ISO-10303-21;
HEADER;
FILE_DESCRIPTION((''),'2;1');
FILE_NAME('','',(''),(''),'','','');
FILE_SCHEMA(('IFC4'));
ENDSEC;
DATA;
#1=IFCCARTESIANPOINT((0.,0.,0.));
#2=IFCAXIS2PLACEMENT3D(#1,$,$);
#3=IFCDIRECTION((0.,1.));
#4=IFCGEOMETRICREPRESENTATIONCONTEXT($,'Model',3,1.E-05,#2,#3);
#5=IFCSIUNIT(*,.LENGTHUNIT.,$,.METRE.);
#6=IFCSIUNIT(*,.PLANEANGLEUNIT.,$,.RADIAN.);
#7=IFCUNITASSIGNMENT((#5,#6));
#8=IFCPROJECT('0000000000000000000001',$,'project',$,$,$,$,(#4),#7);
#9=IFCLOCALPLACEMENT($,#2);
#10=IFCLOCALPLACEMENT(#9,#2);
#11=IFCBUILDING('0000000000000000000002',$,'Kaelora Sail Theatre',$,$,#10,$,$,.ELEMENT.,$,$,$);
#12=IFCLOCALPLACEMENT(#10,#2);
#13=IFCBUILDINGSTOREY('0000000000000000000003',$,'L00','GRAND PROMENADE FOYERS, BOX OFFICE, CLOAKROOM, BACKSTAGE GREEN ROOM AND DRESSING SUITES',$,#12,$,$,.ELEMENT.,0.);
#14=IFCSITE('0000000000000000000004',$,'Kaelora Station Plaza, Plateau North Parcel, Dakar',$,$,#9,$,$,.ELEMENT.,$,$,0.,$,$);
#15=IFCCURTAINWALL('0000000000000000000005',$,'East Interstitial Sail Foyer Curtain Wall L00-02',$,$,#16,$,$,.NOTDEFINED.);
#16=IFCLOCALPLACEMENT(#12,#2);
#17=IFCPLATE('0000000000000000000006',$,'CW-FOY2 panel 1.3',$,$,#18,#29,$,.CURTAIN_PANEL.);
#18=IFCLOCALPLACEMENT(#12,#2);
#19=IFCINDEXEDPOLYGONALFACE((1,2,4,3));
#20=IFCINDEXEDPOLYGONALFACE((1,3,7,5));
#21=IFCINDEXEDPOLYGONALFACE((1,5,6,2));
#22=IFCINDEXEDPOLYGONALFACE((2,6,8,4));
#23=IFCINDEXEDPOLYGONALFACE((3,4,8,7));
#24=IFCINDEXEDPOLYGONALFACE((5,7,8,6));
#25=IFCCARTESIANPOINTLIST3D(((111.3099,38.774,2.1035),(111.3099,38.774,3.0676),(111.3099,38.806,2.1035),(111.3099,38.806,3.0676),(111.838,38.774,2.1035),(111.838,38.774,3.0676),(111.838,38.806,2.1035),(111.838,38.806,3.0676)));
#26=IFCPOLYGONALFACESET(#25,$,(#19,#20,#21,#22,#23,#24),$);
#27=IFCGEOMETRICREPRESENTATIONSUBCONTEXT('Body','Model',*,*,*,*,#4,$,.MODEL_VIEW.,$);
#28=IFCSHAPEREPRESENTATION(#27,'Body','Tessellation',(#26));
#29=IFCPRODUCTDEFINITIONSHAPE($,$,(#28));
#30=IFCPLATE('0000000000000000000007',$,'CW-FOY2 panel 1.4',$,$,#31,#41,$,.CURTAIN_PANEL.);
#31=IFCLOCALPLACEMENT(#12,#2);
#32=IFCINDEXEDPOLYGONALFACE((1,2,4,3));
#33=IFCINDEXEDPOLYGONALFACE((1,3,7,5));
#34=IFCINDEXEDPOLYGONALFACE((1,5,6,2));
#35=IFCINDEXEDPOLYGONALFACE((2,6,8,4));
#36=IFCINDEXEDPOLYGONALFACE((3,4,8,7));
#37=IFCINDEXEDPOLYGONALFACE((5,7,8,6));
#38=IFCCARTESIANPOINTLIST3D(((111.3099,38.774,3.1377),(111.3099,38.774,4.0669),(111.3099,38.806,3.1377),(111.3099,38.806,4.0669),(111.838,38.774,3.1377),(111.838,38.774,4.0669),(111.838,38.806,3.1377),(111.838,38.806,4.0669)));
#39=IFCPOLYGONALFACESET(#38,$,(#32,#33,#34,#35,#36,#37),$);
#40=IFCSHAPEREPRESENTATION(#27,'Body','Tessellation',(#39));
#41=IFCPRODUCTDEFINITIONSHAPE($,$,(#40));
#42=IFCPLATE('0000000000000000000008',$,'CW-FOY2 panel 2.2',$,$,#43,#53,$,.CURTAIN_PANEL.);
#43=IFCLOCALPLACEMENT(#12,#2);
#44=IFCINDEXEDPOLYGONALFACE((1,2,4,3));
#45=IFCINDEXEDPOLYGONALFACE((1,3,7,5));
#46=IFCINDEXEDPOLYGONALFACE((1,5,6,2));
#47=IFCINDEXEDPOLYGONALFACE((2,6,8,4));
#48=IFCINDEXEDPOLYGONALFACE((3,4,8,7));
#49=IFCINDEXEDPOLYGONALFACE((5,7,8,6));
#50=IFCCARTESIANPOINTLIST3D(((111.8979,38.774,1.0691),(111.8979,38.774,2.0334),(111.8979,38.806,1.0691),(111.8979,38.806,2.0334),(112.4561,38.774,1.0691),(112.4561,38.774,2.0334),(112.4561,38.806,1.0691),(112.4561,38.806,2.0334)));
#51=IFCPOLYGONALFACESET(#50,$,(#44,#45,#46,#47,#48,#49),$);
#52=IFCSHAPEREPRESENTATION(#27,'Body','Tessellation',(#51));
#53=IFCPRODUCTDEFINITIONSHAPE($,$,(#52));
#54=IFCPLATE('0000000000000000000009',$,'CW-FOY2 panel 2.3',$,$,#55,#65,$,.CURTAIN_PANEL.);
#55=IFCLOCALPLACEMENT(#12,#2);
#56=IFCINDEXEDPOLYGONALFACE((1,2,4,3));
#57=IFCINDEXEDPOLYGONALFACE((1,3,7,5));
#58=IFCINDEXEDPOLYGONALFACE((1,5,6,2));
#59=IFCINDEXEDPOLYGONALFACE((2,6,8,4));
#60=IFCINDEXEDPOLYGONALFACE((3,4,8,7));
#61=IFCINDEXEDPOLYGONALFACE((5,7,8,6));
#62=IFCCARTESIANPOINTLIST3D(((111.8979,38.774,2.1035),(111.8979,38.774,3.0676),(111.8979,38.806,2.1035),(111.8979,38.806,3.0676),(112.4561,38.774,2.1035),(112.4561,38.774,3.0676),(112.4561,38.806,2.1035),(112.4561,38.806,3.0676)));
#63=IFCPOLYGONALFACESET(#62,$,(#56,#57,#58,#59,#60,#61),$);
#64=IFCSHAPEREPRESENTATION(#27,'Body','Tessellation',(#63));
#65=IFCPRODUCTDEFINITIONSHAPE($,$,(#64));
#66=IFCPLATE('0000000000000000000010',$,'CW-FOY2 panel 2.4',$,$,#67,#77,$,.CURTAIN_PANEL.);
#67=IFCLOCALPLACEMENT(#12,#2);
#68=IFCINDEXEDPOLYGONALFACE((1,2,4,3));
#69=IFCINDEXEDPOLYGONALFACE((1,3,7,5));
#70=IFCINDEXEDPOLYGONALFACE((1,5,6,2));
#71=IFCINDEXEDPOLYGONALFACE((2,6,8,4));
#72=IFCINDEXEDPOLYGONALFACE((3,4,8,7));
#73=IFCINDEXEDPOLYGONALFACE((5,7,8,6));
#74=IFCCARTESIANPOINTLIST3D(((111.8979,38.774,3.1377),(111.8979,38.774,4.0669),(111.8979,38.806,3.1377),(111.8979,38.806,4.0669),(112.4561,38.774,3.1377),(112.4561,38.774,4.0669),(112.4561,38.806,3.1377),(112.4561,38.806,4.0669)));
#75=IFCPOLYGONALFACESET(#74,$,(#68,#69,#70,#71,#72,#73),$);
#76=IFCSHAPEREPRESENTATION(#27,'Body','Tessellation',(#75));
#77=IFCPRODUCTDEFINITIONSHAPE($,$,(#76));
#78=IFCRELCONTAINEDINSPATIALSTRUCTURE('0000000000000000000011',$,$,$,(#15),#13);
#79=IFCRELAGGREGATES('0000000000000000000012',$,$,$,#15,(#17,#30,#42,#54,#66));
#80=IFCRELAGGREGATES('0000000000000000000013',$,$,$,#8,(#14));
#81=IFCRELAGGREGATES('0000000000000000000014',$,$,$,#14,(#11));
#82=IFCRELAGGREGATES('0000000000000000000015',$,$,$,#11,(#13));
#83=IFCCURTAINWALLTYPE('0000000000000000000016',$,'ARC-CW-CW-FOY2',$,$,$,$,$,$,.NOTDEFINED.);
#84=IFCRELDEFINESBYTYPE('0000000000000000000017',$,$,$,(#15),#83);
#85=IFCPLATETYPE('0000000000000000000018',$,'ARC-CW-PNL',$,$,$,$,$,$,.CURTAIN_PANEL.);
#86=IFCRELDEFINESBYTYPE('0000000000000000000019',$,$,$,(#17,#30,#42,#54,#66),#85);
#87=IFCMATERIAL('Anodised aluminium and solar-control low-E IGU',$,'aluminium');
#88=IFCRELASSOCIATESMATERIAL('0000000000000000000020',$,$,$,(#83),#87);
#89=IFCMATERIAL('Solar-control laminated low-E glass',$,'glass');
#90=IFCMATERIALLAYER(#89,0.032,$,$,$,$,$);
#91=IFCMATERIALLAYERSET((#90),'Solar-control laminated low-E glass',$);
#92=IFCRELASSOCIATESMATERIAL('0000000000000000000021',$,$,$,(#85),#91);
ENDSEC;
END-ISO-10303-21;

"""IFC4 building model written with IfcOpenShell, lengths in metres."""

from ifc_helpers import new_model, si_unit, direction, frame, origin, origin_2d, place, context, subcontext, project, spatial, rectangle, extrude, material, layer, layer_set, type_object, element, aggregate, save


model = new_model("IFC4")

# Units and contexts
model_context = context("Model", 3, precision=1e-05, world=origin(), true_north=direction((0.0, 1.0)))
body_context = subcontext(model_context, "Body", "Model", "MODEL_VIEW")
ifc_project = project(units=[si_unit("LENGTHUNIT", "METRE"), si_unit("PLANEANGLEUNIT", "RADIAN")], contexts=[model_context])

# Site, building, storey
site_placement = place(None, origin())
site = spatial("IfcSite", under=ifc_project, at=site_placement, Name="Kaelora Station Plaza, Plateau North Parcel, Dakar", CompositionType="ELEMENT", RefElevation=0.0)
building_placement = place(site_placement, origin())
building = spatial("IfcBuilding", under=site, at=building_placement, Name="Kaelora Sail Theatre", CompositionType="ELEMENT")
storey_placement = place(building_placement, origin())
storey = spatial("IfcBuildingStorey", under=building, at=storey_placement, Name="L00", Description="GRAND PROMENADE FOYERS, BOX OFFICE, CLOAKROOM, BACKSTAGE GREEN ROOM AND DRESSING SUITES", CompositionType="ELEMENT", Elevation=0.0)

# Curtain wall
ifc_material_1 = material(Name="Anodised aluminium and solar-control low-E IGU", Category="aluminium")
curtain_wall_type = type_object("IfcCurtainWallType", Name="ARC-CW-CW-FOY2", PredefinedType="NOTDEFINED", material=ifc_material_1)
curtain_wall_1_placement = place(storey_placement, origin())
curtain_wall_1 = element("IfcCurtainWall", 1, at=curtain_wall_1_placement, inside=storey, type_object=curtain_wall_type, Name="East Interstitial Sail Foyer Curtain Wall L00-02", PredefinedType="NOTDEFINED")

# Plates
ifc_material_2 = material(Name="Solar-control laminated low-E glass", Category="glass")
ifc_layer = layer(ifc_material_2, 0.032)
ifc_layer_set = layer_set([ifc_layer], Name="Solar-control laminated low-E glass")
plate_type = type_object("IfcPlateType", Name="ARC-CW-PNL", PredefinedType="CURTAIN_PANEL", material=ifc_layer_set)
plate_1_placement = place(storey_placement, frame((111.574, 38.79, 2.1035), z_axis=(0.0, 0.0, 1.0), x_axis=(1.0, 0.0, 0.0)))
plate_1 = element("IfcPlate", 2, at=plate_1_placement, type_object=plate_type, Name="CW-FOY2 panel 1.3", PredefinedType="CURTAIN_PANEL", context=body_context, shape_type="SweptSolid", body=[
    extrude(rectangle(XDim=0.5281, YDim=0.032, at=origin_2d()), origin(), (0.0, 0.0, 1.0), 0.9641),
])
plate_2_placement = place(storey_placement, frame((111.574, 38.79, 3.1377), z_axis=(0.0, 0.0, 1.0), x_axis=(1.0, 0.0, 0.0)))
plate_2 = element("IfcPlate", 3, at=plate_2_placement, type_object=plate_type, Name="CW-FOY2 panel 1.4", PredefinedType="CURTAIN_PANEL", context=body_context, shape_type="SweptSolid", body=[
    extrude(rectangle(XDim=0.5281, YDim=0.032, at=origin_2d()), origin(), (0.0, 0.0, 1.0), 0.9292),
])
plate_3_placement = place(storey_placement, frame((112.177, 38.79, 1.0691), z_axis=(0.0, 0.0, 1.0), x_axis=(1.0, 0.0, 0.0)))
plate_3 = element("IfcPlate", 4, at=plate_3_placement, type_object=plate_type, Name="CW-FOY2 panel 2.2", PredefinedType="CURTAIN_PANEL", context=body_context, shape_type="SweptSolid", body=[
    extrude(rectangle(XDim=0.5581, YDim=0.032, at=origin_2d()), origin(), (0.0, 0.0, 1.0), 0.9644),
])
plate_4_placement = place(storey_placement, frame((112.177, 38.79, 2.1035), z_axis=(0.0, 0.0, 1.0), x_axis=(1.0, 0.0, 0.0)))
plate_4 = element("IfcPlate", 5, at=plate_4_placement, type_object=plate_type, Name="CW-FOY2 panel 2.3", PredefinedType="CURTAIN_PANEL", context=body_context, shape_type="SweptSolid", body=[
    extrude(rectangle(XDim=0.5581, YDim=0.032, at=origin_2d()), origin(), (0.0, 0.0, 1.0), 0.9641),
])
plate_5_placement = place(storey_placement, frame((112.177, 38.79, 3.1377), z_axis=(0.0, 0.0, 1.0), x_axis=(1.0, 0.0, 0.0)))
plate_5 = element("IfcPlate", 6, at=plate_5_placement, type_object=plate_type, Name="CW-FOY2 panel 2.4", PredefinedType="CURTAIN_PANEL", context=body_context, shape_type="SweptSolid", body=[
    extrude(rectangle(XDim=0.5581, YDim=0.032, at=origin_2d()), origin(), (0.0, 0.0, 1.0), 0.9292),
])
aggregate(curtain_wall_1, [plate_1, plate_2, plate_3, plate_4, plate_5])

save(model, "model.ifc")
